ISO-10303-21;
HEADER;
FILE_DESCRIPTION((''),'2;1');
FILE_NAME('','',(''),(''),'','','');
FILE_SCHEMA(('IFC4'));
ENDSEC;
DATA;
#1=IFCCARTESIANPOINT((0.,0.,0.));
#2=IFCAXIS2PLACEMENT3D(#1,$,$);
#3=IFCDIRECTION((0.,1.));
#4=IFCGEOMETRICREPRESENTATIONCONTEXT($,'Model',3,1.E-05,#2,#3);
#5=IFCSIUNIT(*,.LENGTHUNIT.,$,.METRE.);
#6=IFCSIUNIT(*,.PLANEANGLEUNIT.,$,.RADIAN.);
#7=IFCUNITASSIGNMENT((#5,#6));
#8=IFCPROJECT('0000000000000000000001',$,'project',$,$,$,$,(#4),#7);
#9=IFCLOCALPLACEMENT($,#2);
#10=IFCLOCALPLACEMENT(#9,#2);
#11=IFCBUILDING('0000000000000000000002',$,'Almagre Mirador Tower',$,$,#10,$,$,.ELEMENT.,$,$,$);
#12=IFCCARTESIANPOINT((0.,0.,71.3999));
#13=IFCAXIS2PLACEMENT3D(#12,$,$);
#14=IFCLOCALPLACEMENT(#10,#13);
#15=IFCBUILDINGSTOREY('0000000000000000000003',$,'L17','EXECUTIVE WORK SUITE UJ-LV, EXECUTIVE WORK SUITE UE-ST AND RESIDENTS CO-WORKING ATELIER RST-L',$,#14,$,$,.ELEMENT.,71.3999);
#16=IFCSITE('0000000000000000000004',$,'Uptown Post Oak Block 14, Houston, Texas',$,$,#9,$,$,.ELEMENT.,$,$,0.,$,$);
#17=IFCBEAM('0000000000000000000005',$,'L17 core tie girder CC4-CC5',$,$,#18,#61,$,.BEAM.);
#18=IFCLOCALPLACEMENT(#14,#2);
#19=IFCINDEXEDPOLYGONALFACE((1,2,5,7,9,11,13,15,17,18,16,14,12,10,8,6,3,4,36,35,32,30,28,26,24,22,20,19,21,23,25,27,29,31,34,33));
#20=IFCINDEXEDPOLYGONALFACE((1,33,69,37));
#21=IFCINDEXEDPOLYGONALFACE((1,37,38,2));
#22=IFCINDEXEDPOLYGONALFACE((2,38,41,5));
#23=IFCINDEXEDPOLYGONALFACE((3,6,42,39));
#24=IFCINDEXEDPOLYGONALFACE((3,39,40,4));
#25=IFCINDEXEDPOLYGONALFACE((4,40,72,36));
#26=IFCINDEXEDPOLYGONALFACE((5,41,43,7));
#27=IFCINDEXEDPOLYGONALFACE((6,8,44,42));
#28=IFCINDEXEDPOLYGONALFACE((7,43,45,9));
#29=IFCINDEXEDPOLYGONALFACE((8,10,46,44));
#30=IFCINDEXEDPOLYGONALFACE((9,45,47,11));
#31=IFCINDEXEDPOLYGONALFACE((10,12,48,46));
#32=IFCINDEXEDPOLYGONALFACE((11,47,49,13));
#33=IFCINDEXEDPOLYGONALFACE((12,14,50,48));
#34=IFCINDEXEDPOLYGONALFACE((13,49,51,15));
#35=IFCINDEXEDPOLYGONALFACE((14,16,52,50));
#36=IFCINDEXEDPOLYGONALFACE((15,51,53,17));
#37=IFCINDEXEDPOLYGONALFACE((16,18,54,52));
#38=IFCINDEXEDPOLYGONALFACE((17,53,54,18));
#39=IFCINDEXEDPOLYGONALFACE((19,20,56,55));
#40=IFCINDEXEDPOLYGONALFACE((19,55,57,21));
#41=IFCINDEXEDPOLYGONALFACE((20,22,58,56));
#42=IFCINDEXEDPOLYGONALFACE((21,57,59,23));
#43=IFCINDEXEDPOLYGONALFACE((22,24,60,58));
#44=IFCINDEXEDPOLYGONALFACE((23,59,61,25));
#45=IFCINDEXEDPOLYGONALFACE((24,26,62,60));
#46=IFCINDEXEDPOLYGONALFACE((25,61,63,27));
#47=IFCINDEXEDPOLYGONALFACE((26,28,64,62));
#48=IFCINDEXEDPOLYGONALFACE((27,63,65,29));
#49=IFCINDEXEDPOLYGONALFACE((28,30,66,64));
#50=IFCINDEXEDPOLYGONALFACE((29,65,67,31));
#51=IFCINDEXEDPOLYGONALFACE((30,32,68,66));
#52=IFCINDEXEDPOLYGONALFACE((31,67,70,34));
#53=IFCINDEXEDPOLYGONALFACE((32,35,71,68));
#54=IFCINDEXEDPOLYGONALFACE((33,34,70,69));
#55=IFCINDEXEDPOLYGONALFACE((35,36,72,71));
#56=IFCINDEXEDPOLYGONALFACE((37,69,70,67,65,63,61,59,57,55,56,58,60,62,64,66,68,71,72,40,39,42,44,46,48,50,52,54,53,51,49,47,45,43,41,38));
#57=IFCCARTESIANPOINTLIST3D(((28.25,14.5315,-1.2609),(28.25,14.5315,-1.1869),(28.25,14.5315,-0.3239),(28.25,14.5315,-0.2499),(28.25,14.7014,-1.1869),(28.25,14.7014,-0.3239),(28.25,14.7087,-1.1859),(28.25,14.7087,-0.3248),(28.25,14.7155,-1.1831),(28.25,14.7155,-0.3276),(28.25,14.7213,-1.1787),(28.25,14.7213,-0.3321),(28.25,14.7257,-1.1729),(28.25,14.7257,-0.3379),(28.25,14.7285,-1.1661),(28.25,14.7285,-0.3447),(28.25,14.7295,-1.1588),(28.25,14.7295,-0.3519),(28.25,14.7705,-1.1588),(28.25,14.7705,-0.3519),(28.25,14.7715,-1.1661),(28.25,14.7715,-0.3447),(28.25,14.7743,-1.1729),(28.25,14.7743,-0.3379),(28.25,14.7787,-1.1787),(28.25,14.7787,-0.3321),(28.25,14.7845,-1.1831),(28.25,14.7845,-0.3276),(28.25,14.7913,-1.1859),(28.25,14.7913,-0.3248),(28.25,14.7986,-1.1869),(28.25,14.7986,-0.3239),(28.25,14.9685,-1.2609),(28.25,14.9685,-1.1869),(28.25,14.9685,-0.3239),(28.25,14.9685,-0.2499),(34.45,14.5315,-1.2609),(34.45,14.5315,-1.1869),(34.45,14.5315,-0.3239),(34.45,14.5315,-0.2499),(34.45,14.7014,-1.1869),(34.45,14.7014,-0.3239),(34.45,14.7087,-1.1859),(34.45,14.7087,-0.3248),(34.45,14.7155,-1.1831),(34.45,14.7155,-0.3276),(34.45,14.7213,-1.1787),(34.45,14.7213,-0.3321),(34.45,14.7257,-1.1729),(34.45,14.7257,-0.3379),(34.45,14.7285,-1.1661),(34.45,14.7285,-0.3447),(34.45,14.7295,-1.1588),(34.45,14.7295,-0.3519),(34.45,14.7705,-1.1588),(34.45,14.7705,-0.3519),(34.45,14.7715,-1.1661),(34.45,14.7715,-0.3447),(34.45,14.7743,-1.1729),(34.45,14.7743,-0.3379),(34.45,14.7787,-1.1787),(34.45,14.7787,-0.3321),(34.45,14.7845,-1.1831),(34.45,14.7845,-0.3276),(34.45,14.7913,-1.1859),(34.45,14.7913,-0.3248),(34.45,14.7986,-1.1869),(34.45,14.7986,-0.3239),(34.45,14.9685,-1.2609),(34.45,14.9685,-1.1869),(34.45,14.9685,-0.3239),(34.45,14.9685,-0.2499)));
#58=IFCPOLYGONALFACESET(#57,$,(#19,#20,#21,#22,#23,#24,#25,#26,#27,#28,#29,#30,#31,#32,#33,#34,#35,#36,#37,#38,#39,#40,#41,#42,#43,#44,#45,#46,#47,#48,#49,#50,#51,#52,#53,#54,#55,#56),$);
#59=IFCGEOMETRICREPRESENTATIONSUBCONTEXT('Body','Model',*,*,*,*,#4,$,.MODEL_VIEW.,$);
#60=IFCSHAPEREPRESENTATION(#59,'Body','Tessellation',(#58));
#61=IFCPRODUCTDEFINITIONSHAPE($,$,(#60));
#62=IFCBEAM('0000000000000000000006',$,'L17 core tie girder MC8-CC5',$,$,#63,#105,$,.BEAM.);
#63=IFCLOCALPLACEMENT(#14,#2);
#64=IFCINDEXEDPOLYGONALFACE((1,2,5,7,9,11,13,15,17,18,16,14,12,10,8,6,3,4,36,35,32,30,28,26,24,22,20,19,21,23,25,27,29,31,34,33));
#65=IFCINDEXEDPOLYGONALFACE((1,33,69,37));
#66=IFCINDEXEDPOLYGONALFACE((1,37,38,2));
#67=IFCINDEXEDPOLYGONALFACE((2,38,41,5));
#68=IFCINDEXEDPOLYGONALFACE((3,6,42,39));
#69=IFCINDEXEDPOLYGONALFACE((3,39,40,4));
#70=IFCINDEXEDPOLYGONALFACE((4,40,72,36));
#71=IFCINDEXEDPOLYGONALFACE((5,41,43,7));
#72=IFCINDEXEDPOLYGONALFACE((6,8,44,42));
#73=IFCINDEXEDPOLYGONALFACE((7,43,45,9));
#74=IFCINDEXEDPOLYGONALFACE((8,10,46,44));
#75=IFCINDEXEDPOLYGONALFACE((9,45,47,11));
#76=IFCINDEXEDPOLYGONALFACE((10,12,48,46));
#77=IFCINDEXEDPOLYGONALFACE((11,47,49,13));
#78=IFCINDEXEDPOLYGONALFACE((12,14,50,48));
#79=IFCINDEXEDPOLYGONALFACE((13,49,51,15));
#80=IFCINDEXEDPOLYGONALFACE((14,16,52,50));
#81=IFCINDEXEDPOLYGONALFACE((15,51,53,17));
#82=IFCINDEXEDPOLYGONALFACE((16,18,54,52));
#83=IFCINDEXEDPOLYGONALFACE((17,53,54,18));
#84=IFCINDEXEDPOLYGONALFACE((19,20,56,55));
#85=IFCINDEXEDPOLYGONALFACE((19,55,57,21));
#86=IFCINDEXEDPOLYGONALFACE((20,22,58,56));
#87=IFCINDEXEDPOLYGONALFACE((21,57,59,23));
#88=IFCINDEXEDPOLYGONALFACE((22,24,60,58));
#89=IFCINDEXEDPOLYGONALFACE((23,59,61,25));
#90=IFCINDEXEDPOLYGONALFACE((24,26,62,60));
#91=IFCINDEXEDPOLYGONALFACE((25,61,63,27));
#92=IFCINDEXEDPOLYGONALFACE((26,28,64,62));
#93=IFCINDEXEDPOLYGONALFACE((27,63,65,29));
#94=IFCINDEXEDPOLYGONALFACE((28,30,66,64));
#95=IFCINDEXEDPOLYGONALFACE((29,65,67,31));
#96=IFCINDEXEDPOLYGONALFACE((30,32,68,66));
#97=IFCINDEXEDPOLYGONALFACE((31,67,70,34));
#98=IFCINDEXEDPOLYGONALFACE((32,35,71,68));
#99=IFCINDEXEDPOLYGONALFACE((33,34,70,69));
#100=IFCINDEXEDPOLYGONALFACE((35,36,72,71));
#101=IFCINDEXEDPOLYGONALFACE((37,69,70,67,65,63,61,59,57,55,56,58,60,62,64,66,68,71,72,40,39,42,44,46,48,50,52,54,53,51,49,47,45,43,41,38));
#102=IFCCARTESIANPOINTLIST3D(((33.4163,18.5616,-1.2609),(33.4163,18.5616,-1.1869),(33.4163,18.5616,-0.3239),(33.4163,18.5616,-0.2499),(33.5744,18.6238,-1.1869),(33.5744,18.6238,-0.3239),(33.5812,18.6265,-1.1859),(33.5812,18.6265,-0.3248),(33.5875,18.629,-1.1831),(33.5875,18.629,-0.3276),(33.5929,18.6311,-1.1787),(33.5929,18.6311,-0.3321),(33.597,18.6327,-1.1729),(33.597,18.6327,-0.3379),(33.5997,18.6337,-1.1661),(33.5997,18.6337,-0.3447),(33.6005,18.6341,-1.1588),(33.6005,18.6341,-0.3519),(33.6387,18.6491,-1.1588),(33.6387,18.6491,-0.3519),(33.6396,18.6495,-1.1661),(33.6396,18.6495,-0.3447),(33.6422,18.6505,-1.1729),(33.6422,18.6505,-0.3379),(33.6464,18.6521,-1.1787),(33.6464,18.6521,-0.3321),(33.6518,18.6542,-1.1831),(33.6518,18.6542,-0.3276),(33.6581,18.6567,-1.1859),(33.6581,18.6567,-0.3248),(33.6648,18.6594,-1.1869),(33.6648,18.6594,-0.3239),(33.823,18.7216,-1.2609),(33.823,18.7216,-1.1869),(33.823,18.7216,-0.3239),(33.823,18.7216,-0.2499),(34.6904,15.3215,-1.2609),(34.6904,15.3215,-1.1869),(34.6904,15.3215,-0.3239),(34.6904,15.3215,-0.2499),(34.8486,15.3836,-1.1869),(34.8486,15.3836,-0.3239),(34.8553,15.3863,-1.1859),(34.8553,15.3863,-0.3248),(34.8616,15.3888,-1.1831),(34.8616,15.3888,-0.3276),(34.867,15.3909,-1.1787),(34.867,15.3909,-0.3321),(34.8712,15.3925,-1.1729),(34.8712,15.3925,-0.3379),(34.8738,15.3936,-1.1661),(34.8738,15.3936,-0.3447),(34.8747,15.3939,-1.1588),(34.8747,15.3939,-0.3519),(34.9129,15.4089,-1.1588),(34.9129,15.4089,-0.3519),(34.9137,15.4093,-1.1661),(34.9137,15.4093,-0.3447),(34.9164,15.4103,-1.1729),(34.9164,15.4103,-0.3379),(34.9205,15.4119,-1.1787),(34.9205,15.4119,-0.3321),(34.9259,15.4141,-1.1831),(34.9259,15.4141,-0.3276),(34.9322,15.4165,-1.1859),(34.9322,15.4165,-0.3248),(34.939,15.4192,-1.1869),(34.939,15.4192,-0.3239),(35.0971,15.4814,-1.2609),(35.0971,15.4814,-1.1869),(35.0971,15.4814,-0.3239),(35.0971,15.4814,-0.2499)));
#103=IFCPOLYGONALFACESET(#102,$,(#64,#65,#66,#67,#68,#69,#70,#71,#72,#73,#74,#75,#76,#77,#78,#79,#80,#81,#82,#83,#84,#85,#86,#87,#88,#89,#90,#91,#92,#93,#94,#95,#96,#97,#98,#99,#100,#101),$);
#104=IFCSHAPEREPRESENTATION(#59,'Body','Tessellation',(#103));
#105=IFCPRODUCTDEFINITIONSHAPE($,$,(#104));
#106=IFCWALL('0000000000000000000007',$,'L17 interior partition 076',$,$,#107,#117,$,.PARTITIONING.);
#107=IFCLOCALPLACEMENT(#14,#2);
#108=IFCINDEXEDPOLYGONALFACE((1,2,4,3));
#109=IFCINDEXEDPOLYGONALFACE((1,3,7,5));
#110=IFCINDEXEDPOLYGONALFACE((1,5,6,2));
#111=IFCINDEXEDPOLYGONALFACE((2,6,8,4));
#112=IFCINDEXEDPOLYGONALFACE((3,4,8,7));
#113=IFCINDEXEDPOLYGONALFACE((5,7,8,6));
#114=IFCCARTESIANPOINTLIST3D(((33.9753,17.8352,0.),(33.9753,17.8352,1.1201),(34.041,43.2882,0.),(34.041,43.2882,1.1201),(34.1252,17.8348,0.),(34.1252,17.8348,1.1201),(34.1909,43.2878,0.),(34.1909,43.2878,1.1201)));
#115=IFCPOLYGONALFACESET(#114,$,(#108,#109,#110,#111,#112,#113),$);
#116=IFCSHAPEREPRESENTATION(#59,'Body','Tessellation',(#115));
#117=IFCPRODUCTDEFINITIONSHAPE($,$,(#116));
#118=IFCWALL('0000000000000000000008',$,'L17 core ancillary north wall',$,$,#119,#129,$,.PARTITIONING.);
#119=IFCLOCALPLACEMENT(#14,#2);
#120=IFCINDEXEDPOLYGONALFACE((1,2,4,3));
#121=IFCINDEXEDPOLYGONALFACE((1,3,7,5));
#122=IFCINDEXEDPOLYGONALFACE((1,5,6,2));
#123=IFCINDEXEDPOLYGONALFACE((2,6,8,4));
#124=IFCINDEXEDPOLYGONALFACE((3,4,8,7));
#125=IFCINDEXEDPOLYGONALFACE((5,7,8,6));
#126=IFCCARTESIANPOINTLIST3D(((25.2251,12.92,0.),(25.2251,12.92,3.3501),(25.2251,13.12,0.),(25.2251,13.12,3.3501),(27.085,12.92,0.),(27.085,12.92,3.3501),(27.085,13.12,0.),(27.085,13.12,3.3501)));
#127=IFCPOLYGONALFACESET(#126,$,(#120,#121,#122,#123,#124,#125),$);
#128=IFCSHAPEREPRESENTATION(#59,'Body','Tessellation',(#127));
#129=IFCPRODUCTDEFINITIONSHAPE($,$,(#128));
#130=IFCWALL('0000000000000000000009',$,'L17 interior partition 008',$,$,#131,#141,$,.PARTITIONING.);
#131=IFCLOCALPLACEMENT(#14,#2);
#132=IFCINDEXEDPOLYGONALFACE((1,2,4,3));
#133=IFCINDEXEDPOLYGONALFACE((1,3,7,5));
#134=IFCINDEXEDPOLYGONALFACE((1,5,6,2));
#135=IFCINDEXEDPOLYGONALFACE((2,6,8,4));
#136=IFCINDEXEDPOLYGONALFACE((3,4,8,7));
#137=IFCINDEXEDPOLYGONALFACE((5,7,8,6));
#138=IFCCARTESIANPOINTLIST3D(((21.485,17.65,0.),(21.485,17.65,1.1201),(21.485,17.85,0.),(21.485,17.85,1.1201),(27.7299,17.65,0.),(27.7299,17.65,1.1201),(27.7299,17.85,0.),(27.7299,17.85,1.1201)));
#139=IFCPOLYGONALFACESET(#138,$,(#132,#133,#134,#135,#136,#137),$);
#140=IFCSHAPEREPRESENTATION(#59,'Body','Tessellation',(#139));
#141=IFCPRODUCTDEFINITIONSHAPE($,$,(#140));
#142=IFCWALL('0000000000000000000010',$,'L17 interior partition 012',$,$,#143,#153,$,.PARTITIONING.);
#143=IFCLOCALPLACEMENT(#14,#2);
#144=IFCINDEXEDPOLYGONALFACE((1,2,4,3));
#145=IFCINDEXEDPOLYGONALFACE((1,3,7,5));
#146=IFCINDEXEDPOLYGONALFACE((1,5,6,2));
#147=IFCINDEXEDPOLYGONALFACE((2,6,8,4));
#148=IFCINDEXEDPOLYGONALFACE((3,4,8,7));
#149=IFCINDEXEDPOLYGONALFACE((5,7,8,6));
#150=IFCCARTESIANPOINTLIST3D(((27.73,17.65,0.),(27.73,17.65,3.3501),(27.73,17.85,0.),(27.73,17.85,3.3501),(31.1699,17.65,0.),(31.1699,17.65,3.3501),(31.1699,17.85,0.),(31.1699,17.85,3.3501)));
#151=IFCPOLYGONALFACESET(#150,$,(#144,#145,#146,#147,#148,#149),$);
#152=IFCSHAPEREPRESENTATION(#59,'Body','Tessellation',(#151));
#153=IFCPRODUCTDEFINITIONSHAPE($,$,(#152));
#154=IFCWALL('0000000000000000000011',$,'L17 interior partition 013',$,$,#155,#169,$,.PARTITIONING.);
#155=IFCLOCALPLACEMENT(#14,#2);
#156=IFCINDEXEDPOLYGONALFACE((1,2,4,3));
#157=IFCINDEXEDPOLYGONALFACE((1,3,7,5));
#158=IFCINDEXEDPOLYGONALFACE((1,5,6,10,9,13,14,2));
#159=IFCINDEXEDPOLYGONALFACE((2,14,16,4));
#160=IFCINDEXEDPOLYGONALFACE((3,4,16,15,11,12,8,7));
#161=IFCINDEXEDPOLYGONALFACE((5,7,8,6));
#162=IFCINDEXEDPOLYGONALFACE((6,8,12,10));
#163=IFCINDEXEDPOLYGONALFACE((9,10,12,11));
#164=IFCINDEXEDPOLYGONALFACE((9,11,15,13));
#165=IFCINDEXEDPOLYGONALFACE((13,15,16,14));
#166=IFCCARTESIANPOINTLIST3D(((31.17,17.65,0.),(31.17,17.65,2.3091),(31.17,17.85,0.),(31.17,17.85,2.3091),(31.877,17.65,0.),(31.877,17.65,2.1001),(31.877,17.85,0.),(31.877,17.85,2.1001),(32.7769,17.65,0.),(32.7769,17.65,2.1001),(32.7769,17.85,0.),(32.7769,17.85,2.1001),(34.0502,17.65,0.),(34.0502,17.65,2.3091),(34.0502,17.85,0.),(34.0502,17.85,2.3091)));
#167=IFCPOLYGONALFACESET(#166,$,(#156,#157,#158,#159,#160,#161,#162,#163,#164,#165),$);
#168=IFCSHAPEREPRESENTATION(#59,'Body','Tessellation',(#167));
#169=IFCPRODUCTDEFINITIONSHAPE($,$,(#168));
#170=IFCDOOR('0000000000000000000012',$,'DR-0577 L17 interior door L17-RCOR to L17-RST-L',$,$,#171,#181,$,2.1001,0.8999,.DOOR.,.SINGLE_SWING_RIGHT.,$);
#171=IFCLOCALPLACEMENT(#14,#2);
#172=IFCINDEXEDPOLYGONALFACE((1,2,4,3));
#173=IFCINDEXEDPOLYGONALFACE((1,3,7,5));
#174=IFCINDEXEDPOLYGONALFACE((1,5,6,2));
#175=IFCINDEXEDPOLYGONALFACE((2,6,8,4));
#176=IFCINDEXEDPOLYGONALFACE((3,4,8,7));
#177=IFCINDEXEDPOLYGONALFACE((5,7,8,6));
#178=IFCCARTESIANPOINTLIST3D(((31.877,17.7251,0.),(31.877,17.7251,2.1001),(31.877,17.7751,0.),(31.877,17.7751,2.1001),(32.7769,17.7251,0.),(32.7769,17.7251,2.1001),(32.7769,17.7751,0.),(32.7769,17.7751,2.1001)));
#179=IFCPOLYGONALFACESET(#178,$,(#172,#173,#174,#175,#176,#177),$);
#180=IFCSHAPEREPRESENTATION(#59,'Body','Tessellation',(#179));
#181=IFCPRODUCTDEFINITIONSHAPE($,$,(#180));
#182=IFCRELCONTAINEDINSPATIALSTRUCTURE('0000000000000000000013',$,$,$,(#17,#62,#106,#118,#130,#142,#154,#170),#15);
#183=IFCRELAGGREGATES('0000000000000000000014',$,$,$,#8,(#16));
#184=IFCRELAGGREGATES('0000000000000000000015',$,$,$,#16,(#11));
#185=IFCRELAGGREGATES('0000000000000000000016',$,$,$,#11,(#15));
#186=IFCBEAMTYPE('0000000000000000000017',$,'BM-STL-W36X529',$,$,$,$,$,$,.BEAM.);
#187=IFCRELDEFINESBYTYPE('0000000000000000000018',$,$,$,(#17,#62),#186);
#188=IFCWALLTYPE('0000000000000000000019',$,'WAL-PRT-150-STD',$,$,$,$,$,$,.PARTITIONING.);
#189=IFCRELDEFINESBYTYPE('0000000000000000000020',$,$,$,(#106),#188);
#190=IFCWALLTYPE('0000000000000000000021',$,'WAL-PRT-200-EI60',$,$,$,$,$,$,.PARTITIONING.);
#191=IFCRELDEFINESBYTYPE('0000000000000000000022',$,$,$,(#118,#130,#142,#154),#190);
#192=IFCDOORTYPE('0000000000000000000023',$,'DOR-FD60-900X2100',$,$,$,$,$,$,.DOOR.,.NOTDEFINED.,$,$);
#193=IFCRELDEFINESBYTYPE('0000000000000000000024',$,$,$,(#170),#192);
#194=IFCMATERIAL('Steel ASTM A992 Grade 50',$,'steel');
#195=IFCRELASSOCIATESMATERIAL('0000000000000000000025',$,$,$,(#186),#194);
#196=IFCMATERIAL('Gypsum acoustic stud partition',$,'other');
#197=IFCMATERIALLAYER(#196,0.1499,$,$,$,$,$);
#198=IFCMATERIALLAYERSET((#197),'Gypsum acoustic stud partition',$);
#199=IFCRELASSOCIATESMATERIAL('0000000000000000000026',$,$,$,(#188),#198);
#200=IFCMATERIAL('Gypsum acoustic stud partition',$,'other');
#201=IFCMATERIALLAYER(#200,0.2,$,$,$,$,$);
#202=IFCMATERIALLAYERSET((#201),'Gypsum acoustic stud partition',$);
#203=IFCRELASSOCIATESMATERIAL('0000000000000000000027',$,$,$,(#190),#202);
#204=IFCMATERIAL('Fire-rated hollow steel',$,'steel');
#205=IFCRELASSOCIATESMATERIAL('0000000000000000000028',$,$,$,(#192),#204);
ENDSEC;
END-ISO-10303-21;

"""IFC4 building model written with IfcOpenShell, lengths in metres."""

from ifc_helpers import new_model, si_unit, direction, frame, frame_2d, origin, origin_2d, place, context, subcontext, project, spatial, rectangle, i_section, extrude, material, layer, layer_set, material_profile, profile_set, type_object, element, fill, save


model = new_model("IFC4")

# Units and contexts
model_context = context("Model", 3, precision=1e-05, world=origin(), true_north=direction((0.0, 1.0)))
body_context = subcontext(model_context, "Body", "Model", "MODEL_VIEW")
ifc_project = project(units=[si_unit("LENGTHUNIT", "METRE"), si_unit("PLANEANGLEUNIT", "RADIAN")], contexts=[model_context])

# Site, building, storey
site_placement = place(None, origin())
site = spatial("IfcSite", under=ifc_project, at=site_placement, Name="Uptown Post Oak Block 14, Houston, Texas", CompositionType="ELEMENT", RefElevation=0.0)
building_placement = place(site_placement, origin())
building = spatial("IfcBuilding", under=site, at=building_placement, Name="Almagre Mirador Tower", CompositionType="ELEMENT")
storey_placement = place(building_placement, frame((0.0, 0.0, 71.3999)))
storey = spatial("IfcBuildingStorey", under=building, at=storey_placement, Name="L17", Description="EXECUTIVE WORK SUITE UJ-LV, EXECUTIVE WORK SUITE UE-ST AND RESIDENTS CO-WORKING ATELIER RST-L", CompositionType="ELEMENT", Elevation=71.3999)

# Beams
ifc_material_1 = material(Name="Steel ASTM A992 Grade 50", Category="steel")
ifc_material_profile_1 = material_profile(ifc_material_1, i_section(OverallWidth=0.437, OverallDepth=1.011, WebThickness=0.041, FlangeThickness=0.074, FilletRadius=0.0281, at=origin_2d()), Name="W36X529")
ifc_profile_set_1 = profile_set([ifc_material_profile_1], Name="Steel ASTM A992 Grade 50")
beam_type_1 = type_object("IfcBeamType", Name="BM-STL-W36X529", PredefinedType="BEAM", material=ifc_profile_set_1)
beam_1_placement = place(storey_placement, frame((28.25, 14.75, -0.7554), z_axis=(1.0, 0.0, 0.0), x_axis=(0.0, 1.0, 0.0)))
element("IfcBeam", 1, at=beam_1_placement, inside=storey, type_object=beam_type_1, Name="L17 core tie girder CC4-CC5", PredefinedType="BEAM", context=body_context, shape_type="SweptSolid", body=[
    extrude(i_section(OverallWidth=0.437, OverallDepth=1.011, WebThickness=0.041, FlangeThickness=0.074, FilletRadius=0.0281, at=origin_2d()), origin(), (0.0, 0.0, 1.0), 6.2),
])
beam_2_placement = place(storey_placement, frame((33.6196, 18.6416, -0.7554), z_axis=(0.365956, -0.930632, 0.0), x_axis=(0.930632, 0.365956, 0.0)))
element("IfcBeam", 2, at=beam_2_placement, inside=storey, type_object=beam_type_1, Name="L17 core tie girder MC8-CC5", PredefinedType="BEAM", context=body_context, shape_type="SweptSolid", body=[
    extrude(i_section(OverallWidth=0.437, OverallDepth=1.011, WebThickness=0.041, FlangeThickness=0.074, FilletRadius=0.0281, at=origin_2d()), origin(), (0.0, 0.0, 1.0), 3.4817),
])

# Walls
ifc_material_2 = material(Name="Gypsum acoustic stud partition", Category="other")
ifc_layer_1 = layer(ifc_material_2, 0.1499)
ifc_layer_set_1 = layer_set([ifc_layer_1], Name="Gypsum acoustic stud partition")
wall_type_1 = type_object("IfcWallType", Name="WAL-PRT-150-STD", PredefinedType="PARTITIONING", material=ifc_layer_set_1)
wall_1_placement = place(storey_placement, frame((34.0503, 17.835, 0.0), z_axis=(0.0, 0.0, 1.0), x_axis=(0.00258, 0.999997, 0.0)))
element("IfcWall", 3, at=wall_1_placement, inside=storey, type_object=wall_type_1, Name="L17 interior partition 076", PredefinedType="PARTITIONING", context=body_context, shape_type="SweptSolid", body=[
    extrude(rectangle(XDim=25.4531, YDim=0.1499, at=frame_2d((12.7266, 0.0))), origin(), (0.0, 0.0, 1.0), 1.1201),
])
ifc_material_3 = material(Name="Gypsum acoustic stud partition", Category="other")
ifc_layer_2 = layer(ifc_material_3, 0.2)
ifc_layer_set_2 = layer_set([ifc_layer_2], Name="Gypsum acoustic stud partition")
wall_type_2 = type_object("IfcWallType", Name="WAL-PRT-200-EI60", PredefinedType="PARTITIONING", material=ifc_layer_set_2)
wall_2_placement = place(storey_placement, frame((25.2251, 13.02, 0.0), z_axis=(0.0, 0.0, 1.0), x_axis=(1.0, 0.0, 0.0)))
element("IfcWall", 4, at=wall_2_placement, inside=storey, type_object=wall_type_2, Name="L17 core ancillary north wall", PredefinedType="PARTITIONING", context=body_context, shape_type="SweptSolid", body=[
    extrude(rectangle(XDim=1.8599, YDim=0.2, at=frame_2d((0.9299, 0.0))), origin(), (0.0, 0.0, 1.0), 3.3501),
])
wall_3_placement = place(storey_placement, frame((27.73, 17.75, 0.0), z_axis=(0.0, 0.0, 1.0), x_axis=(-1.0, 0.0, 0.0)))
element("IfcWall", 5, at=wall_3_placement, inside=storey, type_object=wall_type_2, Name="L17 interior partition 008", PredefinedType="PARTITIONING", context=body_context, shape_type="SweptSolid", body=[
    extrude(rectangle(XDim=6.2449, YDim=0.2, at=frame_2d((3.1226, 0.0))), origin(), (0.0, 0.0, 1.0), 1.1201),
])
wall_4_placement = place(storey_placement, frame((31.1699, 17.75, 0.0), z_axis=(0.0, 0.0, 1.0), x_axis=(-1.0, 0.0, 0.0)))
element("IfcWall", 6, at=wall_4_placement, inside=storey, type_object=wall_type_2, Name="L17 interior partition 012", PredefinedType="PARTITIONING", context=body_context, shape_type="SweptSolid", body=[
    extrude(rectangle(XDim=3.4399, YDim=0.2, at=frame_2d((1.72, 0.0))), origin(), (0.0, 0.0, 1.0), 3.3501),
])

# Wall, opening, door
wall_5_placement = place(storey_placement, frame((34.05, 17.75, 0.0), z_axis=(0.0, 0.0, 1.0), x_axis=(-1.0, 0.0, 0.0)))
wall_5 = element("IfcWall", 7, at=wall_5_placement, inside=storey, type_object=wall_type_2, Name="L17 interior partition 013", PredefinedType="PARTITIONING", context=body_context, shape_type="SweptSolid", body=[
    extrude(rectangle(XDim=2.8801, YDim=0.2, at=frame_2d((1.4399, 0.0))), origin(), (0.0, 0.0, 1.0), 2.3091),
])
opening_1_placement = place(wall_5_placement, frame((1.2732, 0.0, 0.0)))
opening_1 = element("IfcOpeningElement", 8, at=opening_1_placement, cuts=wall_5, PredefinedType="OPENING", context=body_context, shape_type="SweptSolid", body=[
    extrude(rectangle(XDim=0.8999, YDim=2.1001, at=frame_2d((0.45, 1.05))), frame((0.0, 0.1101, 0.0), z_axis=(0.0, -1.0, 0.0), x_axis=(1.0, 0.0, 0.0)), (0.0, 0.0, 1.0), 0.22),
])
ifc_material_4 = material(Name="Fire-rated hollow steel", Category="steel")
door_type_1 = type_object("IfcDoorType", Name="DOR-FD60-900X2100", OperationType="NOTDEFINED", PredefinedType="DOOR", material=ifc_material_4)
door_1_placement = place(opening_1_placement, origin())
door_1 = element("IfcDoor", 9, at=door_1_placement, inside=storey, type_object=door_type_1, Name="DR-0577 L17 interior door L17-RCOR to L17-RST-L", OperationType="SINGLE_SWING_RIGHT", OverallHeight=2.1001, OverallWidth=0.8999, PredefinedType="DOOR", context=body_context, shape_type="SweptSolid", body=[
    extrude(rectangle(XDim=0.8999, YDim=2.1001, at=frame_2d((0.45, 1.05))), frame((0.0, 0.0249, 0.0), z_axis=(0.0, -1.0, 0.0), x_axis=(1.0, 0.0, 0.0)), (0.0, 0.0, 1.0), 0.05),
])
fill(opening_1, door_1)

save(model, "model.ifc")
